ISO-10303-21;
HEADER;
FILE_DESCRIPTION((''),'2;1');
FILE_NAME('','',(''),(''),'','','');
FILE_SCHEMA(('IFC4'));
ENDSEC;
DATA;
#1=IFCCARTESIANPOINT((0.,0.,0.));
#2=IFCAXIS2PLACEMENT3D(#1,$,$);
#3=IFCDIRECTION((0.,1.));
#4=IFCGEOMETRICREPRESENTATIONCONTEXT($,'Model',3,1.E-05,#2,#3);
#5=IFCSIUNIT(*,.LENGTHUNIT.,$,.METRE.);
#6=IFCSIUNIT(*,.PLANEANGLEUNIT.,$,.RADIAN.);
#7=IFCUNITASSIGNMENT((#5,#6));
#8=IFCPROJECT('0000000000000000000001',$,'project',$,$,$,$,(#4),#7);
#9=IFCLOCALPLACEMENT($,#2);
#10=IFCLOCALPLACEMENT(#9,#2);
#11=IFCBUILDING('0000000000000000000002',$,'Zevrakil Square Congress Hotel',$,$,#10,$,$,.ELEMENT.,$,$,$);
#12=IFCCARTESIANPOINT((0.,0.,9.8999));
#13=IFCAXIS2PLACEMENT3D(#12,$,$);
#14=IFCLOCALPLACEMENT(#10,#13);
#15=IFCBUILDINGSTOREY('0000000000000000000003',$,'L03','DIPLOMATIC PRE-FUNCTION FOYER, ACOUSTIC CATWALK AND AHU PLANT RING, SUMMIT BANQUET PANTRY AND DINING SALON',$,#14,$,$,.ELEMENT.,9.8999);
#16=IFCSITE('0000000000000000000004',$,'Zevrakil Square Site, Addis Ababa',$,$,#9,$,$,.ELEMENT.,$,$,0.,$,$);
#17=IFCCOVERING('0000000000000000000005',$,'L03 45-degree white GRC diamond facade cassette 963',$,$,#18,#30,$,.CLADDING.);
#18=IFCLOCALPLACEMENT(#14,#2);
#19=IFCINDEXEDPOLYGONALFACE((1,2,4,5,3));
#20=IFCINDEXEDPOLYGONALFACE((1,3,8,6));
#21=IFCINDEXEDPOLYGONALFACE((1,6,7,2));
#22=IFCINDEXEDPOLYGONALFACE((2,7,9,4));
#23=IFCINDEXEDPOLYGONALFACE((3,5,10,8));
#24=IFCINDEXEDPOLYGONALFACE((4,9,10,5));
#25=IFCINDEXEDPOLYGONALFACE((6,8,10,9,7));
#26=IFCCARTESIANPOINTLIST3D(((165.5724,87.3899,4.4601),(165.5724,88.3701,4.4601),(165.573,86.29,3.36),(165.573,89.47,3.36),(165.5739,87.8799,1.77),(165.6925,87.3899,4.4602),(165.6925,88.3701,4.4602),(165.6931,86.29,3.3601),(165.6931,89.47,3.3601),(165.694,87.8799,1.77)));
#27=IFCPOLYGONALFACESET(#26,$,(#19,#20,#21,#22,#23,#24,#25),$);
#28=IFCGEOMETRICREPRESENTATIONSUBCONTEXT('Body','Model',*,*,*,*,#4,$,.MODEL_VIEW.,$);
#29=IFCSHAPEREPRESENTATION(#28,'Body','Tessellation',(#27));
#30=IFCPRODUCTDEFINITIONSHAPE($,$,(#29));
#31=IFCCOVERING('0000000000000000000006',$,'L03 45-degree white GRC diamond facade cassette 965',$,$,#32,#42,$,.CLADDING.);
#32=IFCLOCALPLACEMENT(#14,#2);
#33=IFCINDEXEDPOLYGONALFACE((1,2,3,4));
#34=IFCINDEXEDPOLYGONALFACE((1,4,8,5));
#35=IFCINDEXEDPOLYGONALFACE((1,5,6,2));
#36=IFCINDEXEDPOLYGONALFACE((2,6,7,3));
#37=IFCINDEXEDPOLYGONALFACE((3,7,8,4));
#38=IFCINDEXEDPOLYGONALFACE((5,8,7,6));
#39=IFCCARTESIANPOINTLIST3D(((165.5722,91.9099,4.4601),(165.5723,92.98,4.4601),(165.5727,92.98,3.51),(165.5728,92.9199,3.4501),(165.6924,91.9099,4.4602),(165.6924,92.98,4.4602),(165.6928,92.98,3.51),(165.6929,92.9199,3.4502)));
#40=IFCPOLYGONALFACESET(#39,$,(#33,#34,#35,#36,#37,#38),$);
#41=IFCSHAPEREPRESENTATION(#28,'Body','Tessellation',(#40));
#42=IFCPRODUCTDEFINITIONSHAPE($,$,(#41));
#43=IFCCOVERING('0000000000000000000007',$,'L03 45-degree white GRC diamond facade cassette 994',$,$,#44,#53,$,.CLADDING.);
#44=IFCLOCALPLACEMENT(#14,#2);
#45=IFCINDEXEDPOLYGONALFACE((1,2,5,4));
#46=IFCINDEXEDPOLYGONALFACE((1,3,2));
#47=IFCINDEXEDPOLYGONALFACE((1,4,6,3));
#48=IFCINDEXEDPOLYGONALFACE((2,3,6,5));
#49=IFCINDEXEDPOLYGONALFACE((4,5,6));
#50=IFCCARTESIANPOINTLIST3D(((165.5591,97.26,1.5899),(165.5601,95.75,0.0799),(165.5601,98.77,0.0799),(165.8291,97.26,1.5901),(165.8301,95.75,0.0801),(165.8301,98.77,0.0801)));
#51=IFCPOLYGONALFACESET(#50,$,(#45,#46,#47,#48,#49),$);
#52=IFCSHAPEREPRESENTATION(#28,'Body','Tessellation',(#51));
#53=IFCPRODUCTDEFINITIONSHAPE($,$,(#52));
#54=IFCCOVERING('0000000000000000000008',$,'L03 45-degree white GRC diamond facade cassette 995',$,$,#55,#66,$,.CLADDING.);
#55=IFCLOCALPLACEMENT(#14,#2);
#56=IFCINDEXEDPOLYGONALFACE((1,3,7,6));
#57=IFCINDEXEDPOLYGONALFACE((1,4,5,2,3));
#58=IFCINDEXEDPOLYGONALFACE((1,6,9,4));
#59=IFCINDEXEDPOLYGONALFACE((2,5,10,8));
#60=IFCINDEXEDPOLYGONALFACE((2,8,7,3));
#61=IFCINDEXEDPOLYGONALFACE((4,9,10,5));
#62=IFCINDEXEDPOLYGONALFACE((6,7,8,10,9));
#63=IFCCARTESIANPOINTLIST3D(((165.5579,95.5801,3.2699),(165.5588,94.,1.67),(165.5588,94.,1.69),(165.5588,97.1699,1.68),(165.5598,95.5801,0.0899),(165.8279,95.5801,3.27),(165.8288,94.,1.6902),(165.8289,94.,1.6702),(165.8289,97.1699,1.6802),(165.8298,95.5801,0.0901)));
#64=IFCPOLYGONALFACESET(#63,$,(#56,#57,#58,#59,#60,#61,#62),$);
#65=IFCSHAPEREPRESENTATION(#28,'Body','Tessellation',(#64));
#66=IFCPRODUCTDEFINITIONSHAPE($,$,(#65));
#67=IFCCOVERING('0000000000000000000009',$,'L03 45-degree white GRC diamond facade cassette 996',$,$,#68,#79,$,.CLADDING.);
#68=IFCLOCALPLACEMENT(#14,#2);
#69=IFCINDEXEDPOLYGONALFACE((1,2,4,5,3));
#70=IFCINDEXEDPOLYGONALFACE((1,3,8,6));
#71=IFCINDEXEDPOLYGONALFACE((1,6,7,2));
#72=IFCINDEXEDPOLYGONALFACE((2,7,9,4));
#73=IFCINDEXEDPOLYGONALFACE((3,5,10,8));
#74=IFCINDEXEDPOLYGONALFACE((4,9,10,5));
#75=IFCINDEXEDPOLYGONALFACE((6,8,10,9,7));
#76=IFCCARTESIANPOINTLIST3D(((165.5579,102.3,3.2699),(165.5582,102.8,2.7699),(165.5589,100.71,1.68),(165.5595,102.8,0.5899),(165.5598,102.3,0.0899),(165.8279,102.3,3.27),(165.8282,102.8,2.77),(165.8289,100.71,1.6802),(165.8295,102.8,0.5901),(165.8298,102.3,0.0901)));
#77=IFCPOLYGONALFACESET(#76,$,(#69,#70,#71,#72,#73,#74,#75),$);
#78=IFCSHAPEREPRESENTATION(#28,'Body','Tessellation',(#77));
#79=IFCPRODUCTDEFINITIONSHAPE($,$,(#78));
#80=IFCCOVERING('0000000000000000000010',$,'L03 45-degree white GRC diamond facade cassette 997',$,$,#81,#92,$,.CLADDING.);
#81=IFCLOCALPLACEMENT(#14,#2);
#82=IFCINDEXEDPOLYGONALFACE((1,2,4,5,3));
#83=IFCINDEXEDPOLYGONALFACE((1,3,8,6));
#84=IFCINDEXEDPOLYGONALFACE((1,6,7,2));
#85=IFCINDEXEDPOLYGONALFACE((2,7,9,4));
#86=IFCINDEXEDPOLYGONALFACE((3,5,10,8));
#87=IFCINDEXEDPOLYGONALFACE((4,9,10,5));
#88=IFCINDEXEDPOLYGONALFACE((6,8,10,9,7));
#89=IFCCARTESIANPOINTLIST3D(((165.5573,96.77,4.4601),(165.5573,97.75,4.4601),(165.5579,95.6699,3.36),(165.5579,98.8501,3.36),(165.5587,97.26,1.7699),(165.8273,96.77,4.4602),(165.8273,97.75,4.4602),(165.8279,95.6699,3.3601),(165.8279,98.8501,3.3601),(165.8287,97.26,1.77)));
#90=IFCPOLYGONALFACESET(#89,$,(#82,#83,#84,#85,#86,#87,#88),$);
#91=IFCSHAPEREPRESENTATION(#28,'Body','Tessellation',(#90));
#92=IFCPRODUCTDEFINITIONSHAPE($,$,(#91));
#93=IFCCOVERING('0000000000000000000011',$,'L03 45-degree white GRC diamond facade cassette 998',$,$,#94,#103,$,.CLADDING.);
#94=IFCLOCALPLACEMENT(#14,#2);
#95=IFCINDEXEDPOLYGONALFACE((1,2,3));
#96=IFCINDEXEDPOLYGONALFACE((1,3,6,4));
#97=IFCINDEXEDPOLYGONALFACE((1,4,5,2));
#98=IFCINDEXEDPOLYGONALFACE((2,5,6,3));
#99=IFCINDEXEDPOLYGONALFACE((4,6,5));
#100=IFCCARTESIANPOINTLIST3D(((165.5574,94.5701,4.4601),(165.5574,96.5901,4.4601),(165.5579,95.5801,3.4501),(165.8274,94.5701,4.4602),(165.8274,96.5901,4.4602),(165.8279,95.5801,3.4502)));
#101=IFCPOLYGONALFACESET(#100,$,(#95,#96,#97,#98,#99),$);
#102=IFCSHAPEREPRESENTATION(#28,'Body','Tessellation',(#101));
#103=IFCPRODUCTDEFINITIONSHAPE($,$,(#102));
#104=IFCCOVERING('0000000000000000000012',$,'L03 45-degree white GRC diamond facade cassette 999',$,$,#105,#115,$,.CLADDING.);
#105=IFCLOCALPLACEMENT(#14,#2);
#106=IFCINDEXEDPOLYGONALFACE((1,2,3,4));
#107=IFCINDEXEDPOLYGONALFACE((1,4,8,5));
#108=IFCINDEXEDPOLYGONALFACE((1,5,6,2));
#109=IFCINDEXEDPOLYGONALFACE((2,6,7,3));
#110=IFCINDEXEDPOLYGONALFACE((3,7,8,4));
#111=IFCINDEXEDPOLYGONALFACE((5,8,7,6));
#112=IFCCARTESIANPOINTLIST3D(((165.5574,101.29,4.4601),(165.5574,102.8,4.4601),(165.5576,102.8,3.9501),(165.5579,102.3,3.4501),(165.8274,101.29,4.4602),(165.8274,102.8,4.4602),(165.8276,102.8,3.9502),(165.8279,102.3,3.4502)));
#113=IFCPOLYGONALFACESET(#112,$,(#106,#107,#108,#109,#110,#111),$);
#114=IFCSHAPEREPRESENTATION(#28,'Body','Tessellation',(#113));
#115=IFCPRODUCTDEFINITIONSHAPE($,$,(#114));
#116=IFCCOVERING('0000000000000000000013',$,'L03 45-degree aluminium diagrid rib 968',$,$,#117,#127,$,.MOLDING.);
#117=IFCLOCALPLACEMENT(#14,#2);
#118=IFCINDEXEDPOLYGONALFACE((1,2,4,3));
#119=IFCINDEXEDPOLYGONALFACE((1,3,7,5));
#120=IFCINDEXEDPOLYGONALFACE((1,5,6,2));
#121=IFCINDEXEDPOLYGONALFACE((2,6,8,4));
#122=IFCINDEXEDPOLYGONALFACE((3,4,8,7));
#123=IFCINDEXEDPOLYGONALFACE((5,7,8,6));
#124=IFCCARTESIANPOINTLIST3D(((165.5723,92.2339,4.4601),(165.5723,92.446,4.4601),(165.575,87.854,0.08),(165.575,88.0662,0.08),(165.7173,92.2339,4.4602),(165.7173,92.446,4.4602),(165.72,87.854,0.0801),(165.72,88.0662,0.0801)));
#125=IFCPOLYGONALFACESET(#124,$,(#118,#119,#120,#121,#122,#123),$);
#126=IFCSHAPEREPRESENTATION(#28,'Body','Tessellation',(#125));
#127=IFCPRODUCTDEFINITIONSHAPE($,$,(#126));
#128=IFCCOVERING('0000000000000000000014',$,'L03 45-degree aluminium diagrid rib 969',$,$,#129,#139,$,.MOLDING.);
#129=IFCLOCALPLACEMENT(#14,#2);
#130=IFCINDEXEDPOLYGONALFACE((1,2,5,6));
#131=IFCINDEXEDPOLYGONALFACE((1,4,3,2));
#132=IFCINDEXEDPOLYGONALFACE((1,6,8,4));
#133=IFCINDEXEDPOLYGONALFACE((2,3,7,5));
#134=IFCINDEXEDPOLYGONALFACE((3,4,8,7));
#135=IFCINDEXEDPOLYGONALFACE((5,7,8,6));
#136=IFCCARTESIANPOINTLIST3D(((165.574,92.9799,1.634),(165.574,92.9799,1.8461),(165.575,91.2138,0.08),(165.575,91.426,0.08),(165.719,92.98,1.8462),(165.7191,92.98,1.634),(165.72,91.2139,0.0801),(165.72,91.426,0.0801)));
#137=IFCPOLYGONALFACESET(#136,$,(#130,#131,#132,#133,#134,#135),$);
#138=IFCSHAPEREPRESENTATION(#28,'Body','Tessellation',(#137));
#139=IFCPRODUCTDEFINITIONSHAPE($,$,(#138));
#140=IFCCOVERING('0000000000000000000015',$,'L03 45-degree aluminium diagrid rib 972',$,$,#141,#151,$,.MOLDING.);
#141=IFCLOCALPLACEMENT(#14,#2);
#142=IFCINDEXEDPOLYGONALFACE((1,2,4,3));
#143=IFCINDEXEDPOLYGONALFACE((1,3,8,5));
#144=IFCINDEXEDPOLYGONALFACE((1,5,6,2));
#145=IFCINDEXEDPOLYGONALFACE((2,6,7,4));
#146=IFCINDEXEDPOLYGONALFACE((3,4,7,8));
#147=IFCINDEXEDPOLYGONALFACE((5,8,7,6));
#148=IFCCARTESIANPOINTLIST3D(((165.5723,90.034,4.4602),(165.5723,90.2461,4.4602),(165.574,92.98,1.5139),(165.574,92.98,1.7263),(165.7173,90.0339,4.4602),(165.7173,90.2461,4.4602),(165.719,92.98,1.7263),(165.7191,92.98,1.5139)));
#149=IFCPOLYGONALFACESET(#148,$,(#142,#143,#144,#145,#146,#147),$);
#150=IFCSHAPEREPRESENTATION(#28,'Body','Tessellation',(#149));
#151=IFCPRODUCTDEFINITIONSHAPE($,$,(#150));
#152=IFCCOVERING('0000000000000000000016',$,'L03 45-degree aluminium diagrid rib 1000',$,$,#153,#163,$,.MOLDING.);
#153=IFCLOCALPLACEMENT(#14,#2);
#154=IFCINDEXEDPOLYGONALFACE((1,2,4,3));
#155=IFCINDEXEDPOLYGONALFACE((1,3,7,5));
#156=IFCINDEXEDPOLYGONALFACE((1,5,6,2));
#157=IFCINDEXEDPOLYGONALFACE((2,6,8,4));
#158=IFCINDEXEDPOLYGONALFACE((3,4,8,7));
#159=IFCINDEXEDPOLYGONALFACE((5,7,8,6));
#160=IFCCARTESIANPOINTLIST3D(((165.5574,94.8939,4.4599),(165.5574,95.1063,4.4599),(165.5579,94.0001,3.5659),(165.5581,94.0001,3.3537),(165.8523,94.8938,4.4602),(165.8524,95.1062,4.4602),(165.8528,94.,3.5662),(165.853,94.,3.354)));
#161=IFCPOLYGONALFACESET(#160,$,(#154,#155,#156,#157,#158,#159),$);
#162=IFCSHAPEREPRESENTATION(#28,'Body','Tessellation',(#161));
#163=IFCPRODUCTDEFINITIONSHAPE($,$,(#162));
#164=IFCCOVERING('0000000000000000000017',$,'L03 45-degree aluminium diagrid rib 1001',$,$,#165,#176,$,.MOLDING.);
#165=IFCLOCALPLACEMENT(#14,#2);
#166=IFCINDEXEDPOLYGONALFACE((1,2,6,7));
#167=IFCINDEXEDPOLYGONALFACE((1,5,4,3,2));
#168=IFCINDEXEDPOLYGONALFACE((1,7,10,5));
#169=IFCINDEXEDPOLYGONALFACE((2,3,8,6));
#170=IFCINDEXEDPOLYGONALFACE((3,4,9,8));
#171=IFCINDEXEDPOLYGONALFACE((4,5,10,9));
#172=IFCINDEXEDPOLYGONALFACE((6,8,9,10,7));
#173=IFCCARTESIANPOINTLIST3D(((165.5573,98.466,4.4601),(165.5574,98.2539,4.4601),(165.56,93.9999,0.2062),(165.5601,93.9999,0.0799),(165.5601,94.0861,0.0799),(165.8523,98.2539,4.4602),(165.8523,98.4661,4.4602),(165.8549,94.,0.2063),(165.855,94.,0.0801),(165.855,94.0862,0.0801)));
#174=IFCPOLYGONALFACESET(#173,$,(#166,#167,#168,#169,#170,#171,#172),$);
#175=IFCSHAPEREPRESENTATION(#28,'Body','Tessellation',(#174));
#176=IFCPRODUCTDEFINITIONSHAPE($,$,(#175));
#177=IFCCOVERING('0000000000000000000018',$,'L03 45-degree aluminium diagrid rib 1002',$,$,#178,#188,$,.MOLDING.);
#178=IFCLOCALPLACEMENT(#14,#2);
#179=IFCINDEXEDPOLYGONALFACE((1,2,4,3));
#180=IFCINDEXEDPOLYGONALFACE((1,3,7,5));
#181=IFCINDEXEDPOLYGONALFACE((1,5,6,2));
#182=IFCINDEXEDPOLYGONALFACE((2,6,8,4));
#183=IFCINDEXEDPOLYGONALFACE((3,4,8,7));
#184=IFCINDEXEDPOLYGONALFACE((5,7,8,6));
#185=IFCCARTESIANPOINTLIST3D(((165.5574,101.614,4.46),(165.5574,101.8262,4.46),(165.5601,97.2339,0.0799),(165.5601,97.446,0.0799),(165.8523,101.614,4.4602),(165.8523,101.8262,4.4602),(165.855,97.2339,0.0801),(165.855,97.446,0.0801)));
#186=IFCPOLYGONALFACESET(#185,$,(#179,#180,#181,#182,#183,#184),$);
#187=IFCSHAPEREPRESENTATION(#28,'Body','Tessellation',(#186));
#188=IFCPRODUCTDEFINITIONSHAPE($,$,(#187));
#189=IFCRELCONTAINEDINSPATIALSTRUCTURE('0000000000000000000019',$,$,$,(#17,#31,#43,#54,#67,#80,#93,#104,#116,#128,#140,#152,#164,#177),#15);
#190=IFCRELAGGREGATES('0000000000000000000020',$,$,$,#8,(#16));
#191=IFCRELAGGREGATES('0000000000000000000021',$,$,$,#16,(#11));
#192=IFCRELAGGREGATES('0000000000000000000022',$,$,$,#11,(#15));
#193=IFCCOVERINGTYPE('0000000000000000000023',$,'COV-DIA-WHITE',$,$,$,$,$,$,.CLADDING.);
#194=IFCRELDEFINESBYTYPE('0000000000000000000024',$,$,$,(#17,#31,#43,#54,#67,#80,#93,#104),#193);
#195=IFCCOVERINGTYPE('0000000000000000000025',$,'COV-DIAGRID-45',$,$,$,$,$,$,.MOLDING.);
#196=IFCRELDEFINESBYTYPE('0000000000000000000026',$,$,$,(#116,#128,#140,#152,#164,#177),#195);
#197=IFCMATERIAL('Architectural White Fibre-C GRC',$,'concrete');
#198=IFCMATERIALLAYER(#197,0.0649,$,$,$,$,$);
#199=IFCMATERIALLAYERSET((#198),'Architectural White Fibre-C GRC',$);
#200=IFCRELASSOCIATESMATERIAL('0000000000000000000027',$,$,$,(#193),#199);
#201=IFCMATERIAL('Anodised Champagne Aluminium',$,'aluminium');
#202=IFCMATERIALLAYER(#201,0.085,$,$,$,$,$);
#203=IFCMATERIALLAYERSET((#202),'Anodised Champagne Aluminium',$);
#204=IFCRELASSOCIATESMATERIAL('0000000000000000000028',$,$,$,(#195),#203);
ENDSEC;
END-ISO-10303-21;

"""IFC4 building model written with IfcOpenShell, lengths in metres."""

from ifc_helpers import new_model, si_unit, direction, frame, origin, place, context, subcontext, project, spatial, polyline, outline, extrude, material, layer, layer_set, type_object, element, save


model = new_model("IFC4")

# Units and contexts
model_context = context("Model", 3, precision=1e-05, world=origin(), true_north=direction((0.0, 1.0)))
body_context = subcontext(model_context, "Body", "Model", "MODEL_VIEW")
ifc_project = project(units=[si_unit("LENGTHUNIT", "METRE"), si_unit("PLANEANGLEUNIT", "RADIAN")], contexts=[model_context])

# Site, building, storey
site_placement = place(None, origin())
site = spatial("IfcSite", under=ifc_project, at=site_placement, Name="Zevrakil Square Site, Addis Ababa", CompositionType="ELEMENT", RefElevation=0.0)
building_placement = place(site_placement, origin())
building = spatial("IfcBuilding", under=site, at=building_placement, Name="Zevrakil Square Congress Hotel", CompositionType="ELEMENT")
storey_placement = place(building_placement, frame((0.0, 0.0, 9.8999)))
storey = spatial("IfcBuildingStorey", under=building, at=storey_placement, Name="L03", Description="DIPLOMATIC PRE-FUNCTION FOYER, ACOUSTIC CATWALK AND AHU PLANT RING, SUMMIT BANQUET PANTRY AND DINING SALON", CompositionType="ELEMENT", Elevation=9.8999)

# Coverings
ifc_material_1 = material(Name="Architectural White Fibre-C GRC", Category="concrete")
ifc_layer_1 = layer(ifc_material_1, 0.0649)
ifc_layer_set_1 = layer_set([ifc_layer_1], Name="Architectural White Fibre-C GRC")
covering_type_1 = type_object("IfcCoveringType", Name="COV-DIA-WHITE", PredefinedType="CLADDING", material=ifc_layer_set_1)
covering_1_placement = place(storey_placement, frame((165.6931, 89.47, 3.3601), z_axis=(1.0, 0.0, 0.000558), x_axis=(0.000395, -0.707107, -0.707107)))
element("IfcCovering", 1, at=covering_1_placement, inside=storey, type_object=covering_type_1, Name="L03 45-degree white GRC diamond facade cassette 963", PredefinedType="CLADDING", context=body_context, shape_type="SweptSolid", body=[
    extrude(outline(polyline([(0.0, 0.0), (2.2487, 0.0), (2.2486, -2.2486), (0.693, -2.2487), (-0.0002, -1.5556), (0.0, 0.0)])), origin(), (0.0, 0.0, -1.0), 0.1201),
])
covering_2_placement = place(storey_placement, frame((165.6929, 92.9199, 3.4502), z_axis=(1.0, -0.000026, 0.000485), x_axis=(-0.000361, -0.707107, 0.707107)))
element("IfcCovering", 2, at=covering_2_placement, inside=storey, type_object=covering_type_1, Name="L03 45-degree white GRC diamond facade cassette 965", PredefinedType="CLADDING", context=body_context, shape_type="SweptSolid", body=[
    extrude(outline(polyline([(0.0, 0.0), (1.4284, 0.0), (0.6717, -0.7567), (-0.0002, -0.0848), (0.0, 0.0)])), origin(), (0.0, 0.0, -1.0), 0.1201),
])
covering_3_placement = place(storey_placement, frame((165.8291, 97.26, 1.5901), z_axis=(1.0, 0.0, 0.000647), x_axis=(0.000457, 0.707107, -0.707107)))
element("IfcCovering", 3, at=covering_3_placement, inside=storey, type_object=covering_type_1, Name="L03 45-degree white GRC diamond facade cassette 994", PredefinedType="CLADDING", context=body_context, shape_type="SweptSolid", body=[
    extrude(outline(polyline([(0.0, 0.0), (2.1355, 0.0), (0.0, -2.1355), (0.0, 0.0)])), origin(), (0.0, 0.0, -1.0), 0.27),
])
covering_4_placement = place(storey_placement, frame((165.8279, 95.5801, 3.27), z_axis=(1.0, 0.0, 0.000612), x_axis=(0.000433, 0.707107, -0.707107)))
element("IfcCovering", 4, at=covering_4_placement, inside=storey, type_object=covering_type_1, Name="L03 45-degree white GRC diamond facade cassette 995", PredefinedType="CLADDING", context=body_context, shape_type="SweptSolid", body=[
    extrude(outline(polyline([(0.0, 0.0), (2.2484, 0.0), (2.2486, -2.2486), (0.014, -2.2486), (-0.0002, -2.2344), (0.0, 0.0)])), origin(), (0.0, 0.0, -1.0), 0.27),
])
covering_5_placement = place(storey_placement, frame((165.8298, 102.3, 0.0901), z_axis=(1.0, 0.000016, 0.000607), x_axis=(-0.000418, -0.707107, 0.707107)))
element("IfcCovering", 5, at=covering_5_placement, inside=storey, type_object=covering_type_1, Name="L03 45-degree white GRC diamond facade cassette 996", PredefinedType="CLADDING", context=body_context, shape_type="SweptSolid", body=[
    extrude(outline(polyline([(0.0, 0.0), (2.2487, 0.0), (2.2486, -2.2486), (1.5414, -2.2486), (0.0, -0.7071), (0.0, 0.0)])), origin(), (0.0, 0.0, -1.0), 0.27),
])
covering_6_placement = place(storey_placement, frame((165.8279, 98.8501, 3.3601), z_axis=(1.0, 0.0, 0.000533), x_axis=(0.000377, -0.707107, -0.707107)))
element("IfcCovering", 6, at=covering_6_placement, inside=storey, type_object=covering_type_1, Name="L03 45-degree white GRC diamond facade cassette 997", PredefinedType="CLADDING", context=body_context, shape_type="SweptSolid", body=[
    extrude(outline(polyline([(0.0, 0.0), (2.2487, 0.0), (2.2487, -2.2487), (0.693, -2.2487), (0.0, -1.5558), (0.0, 0.0)])), origin(), (0.0, 0.0, -1.0), 0.27),
])
covering_7_placement = place(storey_placement, frame((165.8279, 95.5801, 3.4502), z_axis=(1.0, 0.0, 0.000483), x_axis=(-0.000342, -0.707107, 0.707107)))
element("IfcCovering", 7, at=covering_7_placement, inside=storey, type_object=covering_type_1, Name="L03 45-degree white GRC diamond facade cassette 998", PredefinedType="CLADDING", context=body_context, shape_type="SweptSolid", body=[
    extrude(outline(polyline([(0.0, 0.0), (1.4284, 0.0), (0.0, -1.4284), (0.0, 0.0)])), origin(), (0.0, 0.0, -1.0), 0.27),
])
covering_8_placement = place(storey_placement, frame((165.8279, 102.3, 3.4502), z_axis=(1.0, 0.000001, 0.000483), x_axis=(-0.00034, -0.707107, 0.707107)))
element("IfcCovering", 8, at=covering_8_placement, inside=storey, type_object=covering_type_1, Name="L03 45-degree white GRC diamond facade cassette 999", PredefinedType="CLADDING", context=body_context, shape_type="SweptSolid", body=[
    extrude(outline(polyline([(0.0, 0.0), (1.4284, 0.0), (0.3606, -1.0677), (0.0, -0.7071), (0.0, 0.0)])), origin(), (0.0, 0.0, -1.0), 0.27),
])
ifc_material_2 = material(Name="Anodised Champagne Aluminium", Category="aluminium")
ifc_layer_2 = layer(ifc_material_2, 0.085)
ifc_layer_set_2 = layer_set([ifc_layer_2], Name="Anodised Champagne Aluminium")
covering_type_2 = type_object("IfcCoveringType", Name="COV-DIAGRID-45", PredefinedType="MOLDING", material=ifc_layer_set_2)
covering_9_placement = place(storey_placement, frame((165.72, 88.0662, 0.0801), z_axis=(1.0, 0.0, 0.000613), x_axis=(0.0, -1.0, 0.0)))
element("IfcCovering", 9, at=covering_9_placement, inside=storey, type_object=covering_type_2, Name="L03 45-degree aluminium diagrid rib 968", PredefinedType="MOLDING", context=body_context, shape_type="SweptSolid", body=[
    extrude(outline(polyline([(0.0, 0.0), (0.2122, 0.0), (-4.1677, -4.3801), (-4.3799, -4.3801), (0.0, 0.0)])), origin(), (0.0, 0.0, -1.0), 0.145),
])
covering_10_placement = place(storey_placement, frame((165.72, 91.426, 0.0801), z_axis=(1.0, 0.000294, 0.000294), x_axis=(0.000294, -1.0, 0.0)))
element("IfcCovering", 10, at=covering_10_placement, inside=storey, type_object=covering_type_2, Name="L03 45-degree aluminium diagrid rib 969", PredefinedType="MOLDING", context=body_context, shape_type="SweptSolid", body=[
    extrude(outline(polyline([(0.0, 0.0), (0.2122, 0.0), (-1.554, -1.7661), (-1.554, -1.554), (0.0, 0.0)])), origin(), (0.0, 0.0, -1.0), 0.145),
])
covering_11_placement = place(storey_placement, frame((165.7173, 90.0339, 4.4602), z_axis=(1.0, -0.000301, 0.000301), x_axis=(0.000301, 1.0, 0.0)))
element("IfcCovering", 11, at=covering_11_placement, inside=storey, type_object=covering_type_2, Name="L03 45-degree aluminium diagrid rib 972", PredefinedType="MOLDING", context=body_context, shape_type="SweptSolid", body=[
    extrude(outline(polyline([(0.0, 0.0), (0.2122, 0.0), (2.946, -2.7339), (2.946, -2.9463), (0.0, 0.0)])), origin(), (0.0, 0.0, -1.0), 0.145),
])
covering_12_placement = place(storey_placement, frame((165.853, 94.0, 3.354), z_axis=(1.0, -0.00027, 0.00088), x_axis=(-0.00088, 0.0, 1.0)))
element("IfcCovering", 12, at=covering_12_placement, inside=storey, type_object=covering_type_2, Name="L03 45-degree aluminium diagrid rib 1000", PredefinedType="MOLDING", context=body_context, shape_type="SweptSolid", body=[
    extrude(outline(polyline([(0.0, 0.0), (0.2122, 0.0), (1.1062, -0.8938), (1.1062, -1.1062), (0.0, 0.0)])), origin(), (0.0, 0.0, -1.0), 0.2949),
])
covering_13_placement = place(storey_placement, frame((165.855, 94.0862, 0.0801), z_axis=(1.0, 0.000184, 0.000435), x_axis=(0.000184, -1.0, 0.0)))
element("IfcCovering", 13, at=covering_13_placement, inside=storey, type_object=covering_type_2, Name="L03 45-degree aluminium diagrid rib 1001", PredefinedType="MOLDING", context=body_context, shape_type="SweptSolid", body=[
    extrude(outline(polyline([(0.0, 0.0), (0.0862, 0.0), (0.0862, -0.1262), (-4.1677, -4.3801), (-4.3799, -4.3801), (0.0, 0.0)])), origin(), (0.0, 0.0, -1.0), 0.2949),
])
covering_14_placement = place(storey_placement, frame((165.855, 97.446, 0.0801), z_axis=(1.0, 0.0, 0.000613), x_axis=(0.0, -1.0, 0.0)))
element("IfcCovering", 14, at=covering_14_placement, inside=storey, type_object=covering_type_2, Name="L03 45-degree aluminium diagrid rib 1002", PredefinedType="MOLDING", context=body_context, shape_type="SweptSolid", body=[
    extrude(outline(polyline([(0.0, 0.0), (0.2122, 0.0), (-4.168, -4.3801), (-4.3801, -4.3801), (0.0, 0.0)])), origin(), (0.0, 0.0, -1.0), 0.2949),
])

save(model, "model.ifc")
